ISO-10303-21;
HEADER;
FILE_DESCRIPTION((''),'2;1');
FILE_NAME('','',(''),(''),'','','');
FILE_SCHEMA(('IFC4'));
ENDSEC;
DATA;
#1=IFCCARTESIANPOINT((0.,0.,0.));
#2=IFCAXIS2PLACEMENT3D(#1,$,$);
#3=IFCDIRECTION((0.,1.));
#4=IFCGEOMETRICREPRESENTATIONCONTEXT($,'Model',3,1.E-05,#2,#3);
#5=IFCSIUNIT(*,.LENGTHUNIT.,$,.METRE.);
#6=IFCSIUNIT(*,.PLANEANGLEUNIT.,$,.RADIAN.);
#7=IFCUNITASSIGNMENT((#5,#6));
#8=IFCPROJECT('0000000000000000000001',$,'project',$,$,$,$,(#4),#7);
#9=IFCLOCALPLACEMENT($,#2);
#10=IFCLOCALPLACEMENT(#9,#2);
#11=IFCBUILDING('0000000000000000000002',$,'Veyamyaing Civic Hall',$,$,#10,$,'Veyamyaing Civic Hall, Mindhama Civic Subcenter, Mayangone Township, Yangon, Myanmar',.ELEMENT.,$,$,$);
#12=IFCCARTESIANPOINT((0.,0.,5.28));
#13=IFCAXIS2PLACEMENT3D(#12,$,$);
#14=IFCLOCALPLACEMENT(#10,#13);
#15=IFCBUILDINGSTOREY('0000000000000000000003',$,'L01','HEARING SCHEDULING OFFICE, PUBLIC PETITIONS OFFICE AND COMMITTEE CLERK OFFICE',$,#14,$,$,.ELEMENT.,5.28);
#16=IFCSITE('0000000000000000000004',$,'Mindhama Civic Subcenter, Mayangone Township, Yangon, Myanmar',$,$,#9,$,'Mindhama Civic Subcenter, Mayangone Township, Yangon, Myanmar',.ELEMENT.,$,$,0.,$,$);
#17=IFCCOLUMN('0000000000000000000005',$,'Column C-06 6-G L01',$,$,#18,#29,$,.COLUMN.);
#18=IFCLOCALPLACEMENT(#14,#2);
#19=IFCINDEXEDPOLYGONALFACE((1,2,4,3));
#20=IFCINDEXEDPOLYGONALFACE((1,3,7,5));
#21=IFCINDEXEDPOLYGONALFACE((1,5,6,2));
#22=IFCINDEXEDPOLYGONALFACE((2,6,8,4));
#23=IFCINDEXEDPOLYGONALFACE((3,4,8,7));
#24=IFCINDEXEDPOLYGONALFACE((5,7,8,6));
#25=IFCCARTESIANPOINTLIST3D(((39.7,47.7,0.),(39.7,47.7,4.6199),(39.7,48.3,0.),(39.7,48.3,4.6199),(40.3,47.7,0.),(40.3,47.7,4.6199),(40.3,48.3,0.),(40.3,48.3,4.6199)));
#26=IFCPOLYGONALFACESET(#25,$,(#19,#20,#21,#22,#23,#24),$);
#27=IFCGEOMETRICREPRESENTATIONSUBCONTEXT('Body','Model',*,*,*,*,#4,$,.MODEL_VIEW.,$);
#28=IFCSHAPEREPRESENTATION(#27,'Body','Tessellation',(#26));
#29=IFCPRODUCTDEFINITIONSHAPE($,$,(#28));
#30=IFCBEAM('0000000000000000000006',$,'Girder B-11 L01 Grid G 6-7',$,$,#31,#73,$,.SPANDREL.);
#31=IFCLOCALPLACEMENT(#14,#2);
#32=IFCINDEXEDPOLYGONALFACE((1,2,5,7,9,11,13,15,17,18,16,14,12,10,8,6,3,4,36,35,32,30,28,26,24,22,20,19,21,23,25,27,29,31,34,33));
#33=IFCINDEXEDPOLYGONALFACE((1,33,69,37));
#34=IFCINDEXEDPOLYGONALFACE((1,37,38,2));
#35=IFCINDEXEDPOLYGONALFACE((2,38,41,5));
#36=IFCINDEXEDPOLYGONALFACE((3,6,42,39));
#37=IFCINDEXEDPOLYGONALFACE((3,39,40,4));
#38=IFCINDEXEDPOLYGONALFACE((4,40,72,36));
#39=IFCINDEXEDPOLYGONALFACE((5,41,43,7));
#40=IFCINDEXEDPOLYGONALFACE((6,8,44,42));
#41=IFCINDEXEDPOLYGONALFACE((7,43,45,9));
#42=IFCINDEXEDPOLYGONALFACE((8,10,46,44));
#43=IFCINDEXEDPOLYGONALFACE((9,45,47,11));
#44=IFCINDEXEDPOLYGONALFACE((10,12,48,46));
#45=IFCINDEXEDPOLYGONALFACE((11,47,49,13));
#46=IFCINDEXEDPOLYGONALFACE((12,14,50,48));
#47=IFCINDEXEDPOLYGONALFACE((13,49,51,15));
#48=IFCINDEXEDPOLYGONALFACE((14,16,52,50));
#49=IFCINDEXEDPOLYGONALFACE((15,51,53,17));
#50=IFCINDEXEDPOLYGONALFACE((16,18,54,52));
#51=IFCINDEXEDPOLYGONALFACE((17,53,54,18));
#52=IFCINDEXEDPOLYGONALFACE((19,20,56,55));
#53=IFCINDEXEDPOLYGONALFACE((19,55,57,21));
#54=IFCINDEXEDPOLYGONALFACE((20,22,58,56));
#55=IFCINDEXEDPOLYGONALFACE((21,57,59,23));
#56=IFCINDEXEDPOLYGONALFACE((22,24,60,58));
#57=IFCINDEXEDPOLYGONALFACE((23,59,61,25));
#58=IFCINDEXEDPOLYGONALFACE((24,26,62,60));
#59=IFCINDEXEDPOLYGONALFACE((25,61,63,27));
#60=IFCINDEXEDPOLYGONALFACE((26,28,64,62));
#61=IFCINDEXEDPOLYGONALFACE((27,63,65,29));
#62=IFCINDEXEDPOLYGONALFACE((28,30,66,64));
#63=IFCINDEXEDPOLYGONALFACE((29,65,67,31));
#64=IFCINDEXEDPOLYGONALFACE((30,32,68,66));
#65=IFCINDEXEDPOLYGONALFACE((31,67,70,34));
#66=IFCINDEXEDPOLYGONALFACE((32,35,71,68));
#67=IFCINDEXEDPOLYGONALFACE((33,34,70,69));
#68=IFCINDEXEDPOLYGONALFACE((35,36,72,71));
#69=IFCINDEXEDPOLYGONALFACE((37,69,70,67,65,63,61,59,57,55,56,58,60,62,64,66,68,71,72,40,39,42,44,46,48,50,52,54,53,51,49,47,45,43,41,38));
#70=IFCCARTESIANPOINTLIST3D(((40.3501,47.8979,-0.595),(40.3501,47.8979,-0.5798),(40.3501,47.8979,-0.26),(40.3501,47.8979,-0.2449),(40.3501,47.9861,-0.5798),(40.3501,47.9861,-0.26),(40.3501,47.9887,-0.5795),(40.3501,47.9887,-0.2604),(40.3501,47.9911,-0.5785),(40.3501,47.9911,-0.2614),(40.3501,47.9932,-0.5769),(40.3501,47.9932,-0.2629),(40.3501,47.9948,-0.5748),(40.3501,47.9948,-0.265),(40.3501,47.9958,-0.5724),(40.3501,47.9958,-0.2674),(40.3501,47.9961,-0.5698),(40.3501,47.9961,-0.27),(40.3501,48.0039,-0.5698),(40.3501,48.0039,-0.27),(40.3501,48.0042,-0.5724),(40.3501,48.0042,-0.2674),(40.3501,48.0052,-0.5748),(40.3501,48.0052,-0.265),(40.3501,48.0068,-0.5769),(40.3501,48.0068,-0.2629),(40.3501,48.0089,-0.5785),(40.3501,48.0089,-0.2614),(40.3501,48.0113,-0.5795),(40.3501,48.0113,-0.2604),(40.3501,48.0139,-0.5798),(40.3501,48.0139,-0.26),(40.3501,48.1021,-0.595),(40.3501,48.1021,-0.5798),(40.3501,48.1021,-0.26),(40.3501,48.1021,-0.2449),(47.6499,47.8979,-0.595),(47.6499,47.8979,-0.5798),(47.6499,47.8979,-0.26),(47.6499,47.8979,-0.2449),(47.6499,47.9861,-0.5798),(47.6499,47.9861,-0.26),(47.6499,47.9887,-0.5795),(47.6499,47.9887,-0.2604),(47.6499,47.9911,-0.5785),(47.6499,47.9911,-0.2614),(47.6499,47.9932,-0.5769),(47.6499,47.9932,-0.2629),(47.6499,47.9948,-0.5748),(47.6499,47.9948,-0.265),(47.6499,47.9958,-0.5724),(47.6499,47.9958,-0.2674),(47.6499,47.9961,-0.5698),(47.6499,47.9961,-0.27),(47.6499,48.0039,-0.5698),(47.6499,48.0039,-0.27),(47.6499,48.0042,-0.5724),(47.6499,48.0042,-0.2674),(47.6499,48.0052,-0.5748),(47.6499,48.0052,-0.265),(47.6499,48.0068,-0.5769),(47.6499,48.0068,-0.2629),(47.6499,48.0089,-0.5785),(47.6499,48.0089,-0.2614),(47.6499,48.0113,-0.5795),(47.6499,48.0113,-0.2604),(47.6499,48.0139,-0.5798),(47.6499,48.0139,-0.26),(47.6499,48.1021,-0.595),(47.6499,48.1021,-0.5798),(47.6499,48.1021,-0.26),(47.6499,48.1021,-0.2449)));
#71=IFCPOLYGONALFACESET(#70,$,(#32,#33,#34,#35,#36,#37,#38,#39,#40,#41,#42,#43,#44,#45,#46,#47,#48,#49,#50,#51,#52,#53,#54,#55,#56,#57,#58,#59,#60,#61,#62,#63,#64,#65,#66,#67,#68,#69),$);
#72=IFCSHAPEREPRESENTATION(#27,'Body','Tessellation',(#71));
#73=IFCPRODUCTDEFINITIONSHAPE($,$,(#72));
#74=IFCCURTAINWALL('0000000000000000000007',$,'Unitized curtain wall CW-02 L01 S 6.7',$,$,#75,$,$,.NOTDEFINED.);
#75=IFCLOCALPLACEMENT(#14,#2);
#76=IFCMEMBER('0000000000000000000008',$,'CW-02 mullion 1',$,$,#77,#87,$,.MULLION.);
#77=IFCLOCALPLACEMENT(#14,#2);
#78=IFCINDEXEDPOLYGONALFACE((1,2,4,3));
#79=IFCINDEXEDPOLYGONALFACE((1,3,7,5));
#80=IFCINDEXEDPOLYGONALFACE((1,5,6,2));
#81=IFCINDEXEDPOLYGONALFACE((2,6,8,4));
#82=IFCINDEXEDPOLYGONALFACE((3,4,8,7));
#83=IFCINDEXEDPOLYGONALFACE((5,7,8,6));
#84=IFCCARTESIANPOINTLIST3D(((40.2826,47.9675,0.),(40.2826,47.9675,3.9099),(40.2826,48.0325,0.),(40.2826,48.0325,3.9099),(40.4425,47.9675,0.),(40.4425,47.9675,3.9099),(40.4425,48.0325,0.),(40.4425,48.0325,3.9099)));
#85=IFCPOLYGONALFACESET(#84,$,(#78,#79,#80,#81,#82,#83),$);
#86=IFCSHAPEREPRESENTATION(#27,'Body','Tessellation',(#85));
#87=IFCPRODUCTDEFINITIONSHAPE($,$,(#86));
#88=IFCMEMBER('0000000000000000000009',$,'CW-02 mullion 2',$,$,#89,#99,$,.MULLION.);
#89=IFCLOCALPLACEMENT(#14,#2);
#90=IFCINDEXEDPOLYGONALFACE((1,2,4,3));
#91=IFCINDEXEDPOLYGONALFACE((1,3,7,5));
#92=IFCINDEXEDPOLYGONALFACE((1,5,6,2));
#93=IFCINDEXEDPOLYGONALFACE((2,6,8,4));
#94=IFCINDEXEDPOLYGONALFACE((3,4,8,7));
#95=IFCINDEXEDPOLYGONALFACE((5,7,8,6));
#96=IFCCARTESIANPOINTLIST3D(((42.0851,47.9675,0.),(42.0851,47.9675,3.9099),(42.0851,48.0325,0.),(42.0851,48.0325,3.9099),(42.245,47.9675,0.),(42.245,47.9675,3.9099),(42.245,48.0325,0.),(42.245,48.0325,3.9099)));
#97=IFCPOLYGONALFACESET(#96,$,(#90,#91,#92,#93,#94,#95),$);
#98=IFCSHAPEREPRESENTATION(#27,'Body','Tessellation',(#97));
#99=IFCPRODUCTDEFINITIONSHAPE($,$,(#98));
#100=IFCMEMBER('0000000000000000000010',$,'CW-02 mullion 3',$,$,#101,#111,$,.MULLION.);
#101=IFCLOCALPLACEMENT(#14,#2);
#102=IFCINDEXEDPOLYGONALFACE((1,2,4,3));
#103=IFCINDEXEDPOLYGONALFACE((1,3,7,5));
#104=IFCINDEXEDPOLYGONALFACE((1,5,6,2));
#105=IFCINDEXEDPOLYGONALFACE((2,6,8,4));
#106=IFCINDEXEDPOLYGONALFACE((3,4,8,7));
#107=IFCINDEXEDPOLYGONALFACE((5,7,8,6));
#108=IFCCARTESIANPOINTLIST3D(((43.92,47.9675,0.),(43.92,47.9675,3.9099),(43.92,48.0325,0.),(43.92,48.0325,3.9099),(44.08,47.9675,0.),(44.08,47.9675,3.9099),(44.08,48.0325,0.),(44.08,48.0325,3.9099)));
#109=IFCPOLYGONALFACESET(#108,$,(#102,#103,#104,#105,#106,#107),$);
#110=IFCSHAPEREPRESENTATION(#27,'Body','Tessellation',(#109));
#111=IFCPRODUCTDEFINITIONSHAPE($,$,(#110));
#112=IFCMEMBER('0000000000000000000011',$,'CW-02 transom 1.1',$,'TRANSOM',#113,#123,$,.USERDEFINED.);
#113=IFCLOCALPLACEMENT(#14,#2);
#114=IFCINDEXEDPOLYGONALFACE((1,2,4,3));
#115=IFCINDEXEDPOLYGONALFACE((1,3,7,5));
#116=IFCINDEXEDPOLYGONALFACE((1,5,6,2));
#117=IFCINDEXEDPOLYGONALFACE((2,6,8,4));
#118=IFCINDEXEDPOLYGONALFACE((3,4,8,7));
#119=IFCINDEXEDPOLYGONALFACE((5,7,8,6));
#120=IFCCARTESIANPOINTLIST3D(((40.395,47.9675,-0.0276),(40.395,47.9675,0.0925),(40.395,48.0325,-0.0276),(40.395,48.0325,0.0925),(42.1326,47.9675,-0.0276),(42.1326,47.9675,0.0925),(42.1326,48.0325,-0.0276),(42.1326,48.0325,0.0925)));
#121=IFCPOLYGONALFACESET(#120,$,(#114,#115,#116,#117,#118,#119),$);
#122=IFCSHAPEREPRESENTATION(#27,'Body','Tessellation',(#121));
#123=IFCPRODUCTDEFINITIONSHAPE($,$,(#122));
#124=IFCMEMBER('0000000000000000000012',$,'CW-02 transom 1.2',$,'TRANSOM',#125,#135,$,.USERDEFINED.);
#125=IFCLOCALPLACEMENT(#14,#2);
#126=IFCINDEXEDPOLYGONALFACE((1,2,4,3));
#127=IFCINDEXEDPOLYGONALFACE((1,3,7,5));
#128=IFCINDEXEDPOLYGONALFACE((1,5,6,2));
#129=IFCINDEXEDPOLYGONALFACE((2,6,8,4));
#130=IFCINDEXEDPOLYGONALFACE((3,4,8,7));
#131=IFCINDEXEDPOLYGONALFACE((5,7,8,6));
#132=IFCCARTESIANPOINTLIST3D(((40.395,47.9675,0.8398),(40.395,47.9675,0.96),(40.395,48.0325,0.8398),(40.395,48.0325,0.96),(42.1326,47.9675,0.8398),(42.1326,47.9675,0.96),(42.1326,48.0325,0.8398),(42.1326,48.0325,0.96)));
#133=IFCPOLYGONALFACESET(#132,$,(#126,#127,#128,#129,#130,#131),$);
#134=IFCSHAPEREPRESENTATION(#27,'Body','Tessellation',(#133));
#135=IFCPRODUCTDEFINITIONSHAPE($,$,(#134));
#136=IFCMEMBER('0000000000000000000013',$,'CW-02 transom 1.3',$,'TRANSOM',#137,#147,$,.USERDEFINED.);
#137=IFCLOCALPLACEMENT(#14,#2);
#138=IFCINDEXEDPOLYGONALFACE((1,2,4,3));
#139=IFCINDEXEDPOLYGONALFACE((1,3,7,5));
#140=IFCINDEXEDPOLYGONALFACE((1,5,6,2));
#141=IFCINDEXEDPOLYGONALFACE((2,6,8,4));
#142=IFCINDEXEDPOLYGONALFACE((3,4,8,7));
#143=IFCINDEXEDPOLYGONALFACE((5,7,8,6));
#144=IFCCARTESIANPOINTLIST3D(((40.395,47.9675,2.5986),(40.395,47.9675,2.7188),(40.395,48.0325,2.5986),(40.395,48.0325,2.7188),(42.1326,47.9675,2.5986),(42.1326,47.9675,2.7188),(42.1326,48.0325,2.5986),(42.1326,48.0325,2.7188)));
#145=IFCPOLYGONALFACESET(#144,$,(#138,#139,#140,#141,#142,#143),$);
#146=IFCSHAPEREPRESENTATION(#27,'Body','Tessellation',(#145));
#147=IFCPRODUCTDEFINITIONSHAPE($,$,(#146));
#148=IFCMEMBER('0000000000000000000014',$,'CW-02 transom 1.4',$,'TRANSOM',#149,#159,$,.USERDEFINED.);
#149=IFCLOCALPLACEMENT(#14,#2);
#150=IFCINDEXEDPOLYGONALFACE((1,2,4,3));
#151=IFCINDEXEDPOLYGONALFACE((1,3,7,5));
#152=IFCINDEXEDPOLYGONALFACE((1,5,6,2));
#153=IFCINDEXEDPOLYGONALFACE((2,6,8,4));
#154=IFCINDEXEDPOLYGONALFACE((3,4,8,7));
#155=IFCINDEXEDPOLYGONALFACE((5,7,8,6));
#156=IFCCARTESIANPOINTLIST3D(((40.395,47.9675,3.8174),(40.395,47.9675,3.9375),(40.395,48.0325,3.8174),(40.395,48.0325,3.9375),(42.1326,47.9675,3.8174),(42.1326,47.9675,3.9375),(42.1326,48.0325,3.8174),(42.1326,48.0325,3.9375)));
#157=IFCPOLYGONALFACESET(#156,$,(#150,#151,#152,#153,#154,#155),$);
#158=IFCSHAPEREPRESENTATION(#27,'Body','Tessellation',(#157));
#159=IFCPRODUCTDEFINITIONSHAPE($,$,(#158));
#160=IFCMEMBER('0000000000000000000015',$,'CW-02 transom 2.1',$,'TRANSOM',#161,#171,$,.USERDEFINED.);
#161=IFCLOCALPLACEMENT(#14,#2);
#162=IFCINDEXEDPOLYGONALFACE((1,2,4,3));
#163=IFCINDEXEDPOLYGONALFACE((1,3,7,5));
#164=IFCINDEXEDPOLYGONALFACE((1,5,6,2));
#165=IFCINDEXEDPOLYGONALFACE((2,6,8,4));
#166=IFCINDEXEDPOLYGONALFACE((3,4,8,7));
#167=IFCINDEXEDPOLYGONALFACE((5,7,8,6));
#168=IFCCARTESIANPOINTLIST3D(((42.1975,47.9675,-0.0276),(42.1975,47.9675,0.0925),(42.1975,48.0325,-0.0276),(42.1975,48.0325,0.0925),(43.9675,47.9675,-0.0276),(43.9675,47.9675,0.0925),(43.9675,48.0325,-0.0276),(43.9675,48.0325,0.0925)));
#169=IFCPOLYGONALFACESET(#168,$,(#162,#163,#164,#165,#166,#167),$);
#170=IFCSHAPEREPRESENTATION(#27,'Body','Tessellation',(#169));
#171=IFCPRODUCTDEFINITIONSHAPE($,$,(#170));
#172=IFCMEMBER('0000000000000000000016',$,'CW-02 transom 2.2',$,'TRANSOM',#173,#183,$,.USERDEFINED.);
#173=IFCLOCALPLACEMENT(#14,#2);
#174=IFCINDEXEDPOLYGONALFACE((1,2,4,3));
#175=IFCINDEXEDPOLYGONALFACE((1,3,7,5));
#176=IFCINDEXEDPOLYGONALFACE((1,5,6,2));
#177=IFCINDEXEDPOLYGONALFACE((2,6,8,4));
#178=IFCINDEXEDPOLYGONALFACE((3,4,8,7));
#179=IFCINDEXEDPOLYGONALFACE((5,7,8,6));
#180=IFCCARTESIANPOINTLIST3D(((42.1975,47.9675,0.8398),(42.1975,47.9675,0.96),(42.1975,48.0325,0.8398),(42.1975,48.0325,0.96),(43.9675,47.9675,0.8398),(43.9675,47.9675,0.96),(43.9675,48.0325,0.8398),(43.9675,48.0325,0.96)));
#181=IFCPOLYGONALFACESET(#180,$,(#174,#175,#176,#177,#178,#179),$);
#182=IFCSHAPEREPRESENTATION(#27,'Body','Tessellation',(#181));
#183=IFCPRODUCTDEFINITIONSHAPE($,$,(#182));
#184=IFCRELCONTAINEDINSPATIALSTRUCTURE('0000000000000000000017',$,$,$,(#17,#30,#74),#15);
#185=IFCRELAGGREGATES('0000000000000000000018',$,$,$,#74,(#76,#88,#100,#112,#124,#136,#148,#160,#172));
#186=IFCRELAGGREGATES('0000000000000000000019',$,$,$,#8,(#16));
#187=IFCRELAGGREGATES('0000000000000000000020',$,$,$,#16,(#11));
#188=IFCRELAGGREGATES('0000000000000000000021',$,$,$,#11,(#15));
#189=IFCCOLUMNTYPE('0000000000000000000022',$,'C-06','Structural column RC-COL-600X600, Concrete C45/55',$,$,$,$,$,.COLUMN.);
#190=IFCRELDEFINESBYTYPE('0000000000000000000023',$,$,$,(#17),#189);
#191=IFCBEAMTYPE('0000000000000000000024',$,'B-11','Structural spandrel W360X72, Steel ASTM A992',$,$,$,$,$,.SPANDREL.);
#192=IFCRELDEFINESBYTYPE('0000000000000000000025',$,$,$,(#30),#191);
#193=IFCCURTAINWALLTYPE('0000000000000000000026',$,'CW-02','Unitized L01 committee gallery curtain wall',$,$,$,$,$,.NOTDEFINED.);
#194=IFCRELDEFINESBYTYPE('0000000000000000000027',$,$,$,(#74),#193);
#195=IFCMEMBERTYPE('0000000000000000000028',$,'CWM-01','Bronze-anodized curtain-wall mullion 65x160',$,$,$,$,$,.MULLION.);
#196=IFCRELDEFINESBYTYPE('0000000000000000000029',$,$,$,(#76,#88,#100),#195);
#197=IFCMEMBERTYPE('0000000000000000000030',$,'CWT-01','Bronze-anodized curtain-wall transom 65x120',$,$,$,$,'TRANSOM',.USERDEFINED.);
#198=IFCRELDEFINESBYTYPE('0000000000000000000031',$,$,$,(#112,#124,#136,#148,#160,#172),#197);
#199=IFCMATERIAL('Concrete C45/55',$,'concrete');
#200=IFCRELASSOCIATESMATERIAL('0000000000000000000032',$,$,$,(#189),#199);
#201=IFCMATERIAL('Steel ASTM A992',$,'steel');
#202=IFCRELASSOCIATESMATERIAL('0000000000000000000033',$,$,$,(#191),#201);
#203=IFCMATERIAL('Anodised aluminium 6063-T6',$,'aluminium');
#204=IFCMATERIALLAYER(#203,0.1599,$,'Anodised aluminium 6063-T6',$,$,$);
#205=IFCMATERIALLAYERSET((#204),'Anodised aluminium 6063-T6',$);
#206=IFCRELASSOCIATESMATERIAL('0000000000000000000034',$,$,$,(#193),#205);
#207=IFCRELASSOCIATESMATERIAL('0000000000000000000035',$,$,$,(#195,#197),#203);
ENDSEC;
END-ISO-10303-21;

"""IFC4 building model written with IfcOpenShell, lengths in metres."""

from ifc_helpers import new_model, si_unit, direction, frame, origin, origin_2d, place, context, subcontext, project, spatial, rectangle, i_section, extrude, material, layer, layer_set, material_profile, profile_set, type_object, element, aggregate, save


model = new_model("IFC4")

# Units and contexts
model_context = context("Model", 3, precision=1e-05, world=origin(), true_north=direction((0.0, 1.0)))
body_context = subcontext(model_context, "Body", "Model", "MODEL_VIEW")
ifc_project = project(units=[si_unit("LENGTHUNIT", "METRE"), si_unit("PLANEANGLEUNIT", "RADIAN")], contexts=[model_context])

# Site, building, storey
site_placement = place(None, origin())
site = spatial("IfcSite", under=ifc_project, at=site_placement, Name="Mindhama Civic Subcenter, Mayangone Township, Yangon, Myanmar", LongName="Mindhama Civic Subcenter, Mayangone Township, Yangon, Myanmar", CompositionType="ELEMENT", RefElevation=0.0)
building_placement = place(site_placement, origin())
building = spatial("IfcBuilding", under=site, at=building_placement, Name="Veyamyaing Civic Hall", LongName="Veyamyaing Civic Hall, Mindhama Civic Subcenter, Mayangone Township, Yangon, Myanmar", CompositionType="ELEMENT")
storey_placement = place(building_placement, frame((0.0, 0.0, 5.28)))
storey = spatial("IfcBuildingStorey", under=building, at=storey_placement, Name="L01", Description="HEARING SCHEDULING OFFICE, PUBLIC PETITIONS OFFICE AND COMMITTEE CLERK OFFICE", CompositionType="ELEMENT", Elevation=5.28)

# Column
ifc_material_1 = material(Name="Concrete C45/55", Category="concrete")
ifc_material_profile_1 = material_profile(ifc_material_1, rectangle(XDim=0.6001, YDim=0.6001, at=origin_2d()), Name="RC-COL-600X600")
ifc_profile_set_1 = profile_set([ifc_material_profile_1], Name="Concrete C45/55")
column_type = type_object("IfcColumnType", Name="C-06", Description="Structural column RC-COL-600X600, Concrete C45/55", PredefinedType="COLUMN", material=ifc_profile_set_1)
column_placement = place(storey_placement, frame((40.0, 48.0, 0.0), z_axis=(0.0, 0.0, 1.0), x_axis=(1.0, 0.0, 0.0)))
element("IfcColumn", 1, at=column_placement, inside=storey, type_object=column_type, Name="Column C-06 6-G L01", PredefinedType="COLUMN", context=body_context, shape_type="SweptSolid", body=[
    extrude(rectangle(XDim=0.6001, YDim=0.6001, at=origin_2d()), origin(), (0.0, 0.0, 1.0), 4.6199),
])

# Beam
ifc_material_2 = material(Name="Steel ASTM A992", Category="steel")
ifc_material_profile_2 = material_profile(ifc_material_2, i_section(OverallWidth=0.2041, OverallDepth=0.3501, WebThickness=0.0078, FlangeThickness=0.0151, FilletRadius=0.01, at=origin_2d()), Name="W360X72")
ifc_profile_set_2 = profile_set([ifc_material_profile_2], Name="Steel ASTM A992")
beam_type = type_object("IfcBeamType", Name="B-11", Description="Structural spandrel W360X72, Steel ASTM A992", PredefinedType="SPANDREL", material=ifc_profile_set_2)
beam_placement = place(storey_placement, frame((40.3501, 48.0, -0.4199), z_axis=(1.0, 0.0, 0.0), x_axis=(0.0, 1.0, 0.0)))
element("IfcBeam", 2, at=beam_placement, inside=storey, type_object=beam_type, Name="Girder B-11 L01 Grid G 6-7", PredefinedType="SPANDREL", context=body_context, shape_type="SweptSolid", body=[
    extrude(i_section(OverallWidth=0.2041, OverallDepth=0.3501, WebThickness=0.0078, FlangeThickness=0.0151, FilletRadius=0.01, at=origin_2d()), origin(), (0.0, 0.0, 1.0), 7.2998),
])

# Curtain wall, members
ifc_material_3 = material(Name="Anodised aluminium 6063-T6", Category="aluminium")
ifc_layer_1 = layer(ifc_material_3, 0.1599, Name="Anodised aluminium 6063-T6")
ifc_layer_set_1 = layer_set([ifc_layer_1], Name="Anodised aluminium 6063-T6")
curtain_wall_type = type_object("IfcCurtainWallType", Name="CW-02", Description="Unitized L01 committee gallery curtain wall", PredefinedType="NOTDEFINED", material=ifc_layer_set_1)
curtain_wall_placement = place(storey_placement, origin())
curtain_wall = element("IfcCurtainWall", 3, at=curtain_wall_placement, inside=storey, type_object=curtain_wall_type, Name="Unitized curtain wall CW-02 L01 S 6.7", PredefinedType="NOTDEFINED")
ifc_material_profile_3 = material_profile(ifc_material_3, rectangle(XDim=0.0649, YDim=0.1599, at=origin_2d()), Name="ALU-MUL-65X160")
ifc_profile_set_3 = profile_set([ifc_material_profile_3], Name="Anodised aluminium 6063-T6")
member_type_1 = type_object("IfcMemberType", Name="CWM-01", Description="Bronze-anodized curtain-wall mullion 65x160", PredefinedType="MULLION", material=ifc_profile_set_3)
member_1_placement = place(storey_placement, frame((40.3625, 48.0, 0.0), z_axis=(0.0, 0.0, 1.0), x_axis=(0.0, 1.0, 0.0)))
member_1 = element("IfcMember", 4, at=member_1_placement, type_object=member_type_1, Name="CW-02 mullion 1", PredefinedType="MULLION", context=body_context, shape_type="SweptSolid", body=[
    extrude(rectangle(XDim=0.0649, YDim=0.1599, at=origin_2d()), origin(), (0.0, 0.0, 1.0), 3.9099),
])
member_2_placement = place(storey_placement, frame((42.165, 48.0, 0.0), z_axis=(0.0, 0.0, 1.0), x_axis=(0.0, 1.0, 0.0)))
member_2 = element("IfcMember", 5, at=member_2_placement, type_object=member_type_1, Name="CW-02 mullion 2", PredefinedType="MULLION", context=body_context, shape_type="SweptSolid", body=[
    extrude(rectangle(XDim=0.0649, YDim=0.1599, at=origin_2d()), origin(), (0.0, 0.0, 1.0), 3.9099),
])
member_3_placement = place(storey_placement, frame((44.0, 48.0, 0.0), z_axis=(0.0, 0.0, 1.0), x_axis=(0.0, 1.0, 0.0)))
member_3 = element("IfcMember", 6, at=member_3_placement, type_object=member_type_1, Name="CW-02 mullion 3", PredefinedType="MULLION", context=body_context, shape_type="SweptSolid", body=[
    extrude(rectangle(XDim=0.0649, YDim=0.1599, at=origin_2d()), origin(), (0.0, 0.0, 1.0), 3.9099),
])
ifc_material_profile_4 = material_profile(ifc_material_3, rectangle(XDim=0.0649, YDim=0.1201, at=origin_2d()), Name="ALU-TRN-65X120")
ifc_profile_set_4 = profile_set([ifc_material_profile_4], Name="Anodised aluminium 6063-T6")
member_type_2 = type_object("IfcMemberType", Name="CWT-01", Description="Bronze-anodized curtain-wall transom 65x120", ElementType="TRANSOM", PredefinedType="USERDEFINED", material=ifc_profile_set_4)
member_4_placement = place(storey_placement, frame((40.395, 48.0, 0.0325), z_axis=(1.0, 0.0, 0.0), x_axis=(0.0, 1.0, 0.0)))
member_4 = element("IfcMember", 7, at=member_4_placement, type_object=member_type_2, Name="CW-02 transom 1.1", ObjectType="TRANSOM", PredefinedType="USERDEFINED", context=body_context, shape_type="SweptSolid", body=[
    extrude(rectangle(XDim=0.0649, YDim=0.1201, at=origin_2d()), origin(), (0.0, 0.0, 1.0), 1.7375),
])
member_5_placement = place(storey_placement, frame((40.395, 48.0, 0.8999), z_axis=(1.0, 0.0, 0.0), x_axis=(0.0, 1.0, 0.0)))
member_5 = element("IfcMember", 8, at=member_5_placement, type_object=member_type_2, Name="CW-02 transom 1.2", ObjectType="TRANSOM", PredefinedType="USERDEFINED", context=body_context, shape_type="SweptSolid", body=[
    extrude(rectangle(XDim=0.0649, YDim=0.1201, at=origin_2d()), origin(), (0.0, 0.0, 1.0), 1.7375),
])
member_6_placement = place(storey_placement, frame((40.395, 48.0, 2.6587), z_axis=(1.0, 0.0, 0.0), x_axis=(0.0, 1.0, 0.0)))
member_6 = element("IfcMember", 9, at=member_6_placement, type_object=member_type_2, Name="CW-02 transom 1.3", ObjectType="TRANSOM", PredefinedType="USERDEFINED", context=body_context, shape_type="SweptSolid", body=[
    extrude(rectangle(XDim=0.0649, YDim=0.1201, at=origin_2d()), origin(), (0.0, 0.0, 1.0), 1.7375),
])
member_7_placement = place(storey_placement, frame((40.395, 48.0, 3.8774), z_axis=(1.0, 0.0, 0.0), x_axis=(0.0, 1.0, 0.0)))
member_7 = element("IfcMember", 10, at=member_7_placement, type_object=member_type_2, Name="CW-02 transom 1.4", ObjectType="TRANSOM", PredefinedType="USERDEFINED", context=body_context, shape_type="SweptSolid", body=[
    extrude(rectangle(XDim=0.0649, YDim=0.1201, at=origin_2d()), origin(), (0.0, 0.0, 1.0), 1.7375),
])
member_8_placement = place(storey_placement, frame((42.1975, 48.0, 0.0325), z_axis=(1.0, 0.0, 0.0), x_axis=(0.0, 1.0, 0.0)))
member_8 = element("IfcMember", 11, at=member_8_placement, type_object=member_type_2, Name="CW-02 transom 2.1", ObjectType="TRANSOM", PredefinedType="USERDEFINED", context=body_context, shape_type="SweptSolid", body=[
    extrude(rectangle(XDim=0.0649, YDim=0.1201, at=origin_2d()), origin(), (0.0, 0.0, 1.0), 1.77),
])
member_9_placement = place(storey_placement, frame((42.1975, 48.0, 0.8999), z_axis=(1.0, 0.0, 0.0), x_axis=(0.0, 1.0, 0.0)))
member_9 = element("IfcMember", 12, at=member_9_placement, type_object=member_type_2, Name="CW-02 transom 2.2", ObjectType="TRANSOM", PredefinedType="USERDEFINED", context=body_context, shape_type="SweptSolid", body=[
    extrude(rectangle(XDim=0.0649, YDim=0.1201, at=origin_2d()), origin(), (0.0, 0.0, 1.0), 1.77),
])
aggregate(curtain_wall, [member_1, member_2, member_3, member_4, member_5, member_6, member_7, member_8, member_9])

save(model, "model.ifc")
